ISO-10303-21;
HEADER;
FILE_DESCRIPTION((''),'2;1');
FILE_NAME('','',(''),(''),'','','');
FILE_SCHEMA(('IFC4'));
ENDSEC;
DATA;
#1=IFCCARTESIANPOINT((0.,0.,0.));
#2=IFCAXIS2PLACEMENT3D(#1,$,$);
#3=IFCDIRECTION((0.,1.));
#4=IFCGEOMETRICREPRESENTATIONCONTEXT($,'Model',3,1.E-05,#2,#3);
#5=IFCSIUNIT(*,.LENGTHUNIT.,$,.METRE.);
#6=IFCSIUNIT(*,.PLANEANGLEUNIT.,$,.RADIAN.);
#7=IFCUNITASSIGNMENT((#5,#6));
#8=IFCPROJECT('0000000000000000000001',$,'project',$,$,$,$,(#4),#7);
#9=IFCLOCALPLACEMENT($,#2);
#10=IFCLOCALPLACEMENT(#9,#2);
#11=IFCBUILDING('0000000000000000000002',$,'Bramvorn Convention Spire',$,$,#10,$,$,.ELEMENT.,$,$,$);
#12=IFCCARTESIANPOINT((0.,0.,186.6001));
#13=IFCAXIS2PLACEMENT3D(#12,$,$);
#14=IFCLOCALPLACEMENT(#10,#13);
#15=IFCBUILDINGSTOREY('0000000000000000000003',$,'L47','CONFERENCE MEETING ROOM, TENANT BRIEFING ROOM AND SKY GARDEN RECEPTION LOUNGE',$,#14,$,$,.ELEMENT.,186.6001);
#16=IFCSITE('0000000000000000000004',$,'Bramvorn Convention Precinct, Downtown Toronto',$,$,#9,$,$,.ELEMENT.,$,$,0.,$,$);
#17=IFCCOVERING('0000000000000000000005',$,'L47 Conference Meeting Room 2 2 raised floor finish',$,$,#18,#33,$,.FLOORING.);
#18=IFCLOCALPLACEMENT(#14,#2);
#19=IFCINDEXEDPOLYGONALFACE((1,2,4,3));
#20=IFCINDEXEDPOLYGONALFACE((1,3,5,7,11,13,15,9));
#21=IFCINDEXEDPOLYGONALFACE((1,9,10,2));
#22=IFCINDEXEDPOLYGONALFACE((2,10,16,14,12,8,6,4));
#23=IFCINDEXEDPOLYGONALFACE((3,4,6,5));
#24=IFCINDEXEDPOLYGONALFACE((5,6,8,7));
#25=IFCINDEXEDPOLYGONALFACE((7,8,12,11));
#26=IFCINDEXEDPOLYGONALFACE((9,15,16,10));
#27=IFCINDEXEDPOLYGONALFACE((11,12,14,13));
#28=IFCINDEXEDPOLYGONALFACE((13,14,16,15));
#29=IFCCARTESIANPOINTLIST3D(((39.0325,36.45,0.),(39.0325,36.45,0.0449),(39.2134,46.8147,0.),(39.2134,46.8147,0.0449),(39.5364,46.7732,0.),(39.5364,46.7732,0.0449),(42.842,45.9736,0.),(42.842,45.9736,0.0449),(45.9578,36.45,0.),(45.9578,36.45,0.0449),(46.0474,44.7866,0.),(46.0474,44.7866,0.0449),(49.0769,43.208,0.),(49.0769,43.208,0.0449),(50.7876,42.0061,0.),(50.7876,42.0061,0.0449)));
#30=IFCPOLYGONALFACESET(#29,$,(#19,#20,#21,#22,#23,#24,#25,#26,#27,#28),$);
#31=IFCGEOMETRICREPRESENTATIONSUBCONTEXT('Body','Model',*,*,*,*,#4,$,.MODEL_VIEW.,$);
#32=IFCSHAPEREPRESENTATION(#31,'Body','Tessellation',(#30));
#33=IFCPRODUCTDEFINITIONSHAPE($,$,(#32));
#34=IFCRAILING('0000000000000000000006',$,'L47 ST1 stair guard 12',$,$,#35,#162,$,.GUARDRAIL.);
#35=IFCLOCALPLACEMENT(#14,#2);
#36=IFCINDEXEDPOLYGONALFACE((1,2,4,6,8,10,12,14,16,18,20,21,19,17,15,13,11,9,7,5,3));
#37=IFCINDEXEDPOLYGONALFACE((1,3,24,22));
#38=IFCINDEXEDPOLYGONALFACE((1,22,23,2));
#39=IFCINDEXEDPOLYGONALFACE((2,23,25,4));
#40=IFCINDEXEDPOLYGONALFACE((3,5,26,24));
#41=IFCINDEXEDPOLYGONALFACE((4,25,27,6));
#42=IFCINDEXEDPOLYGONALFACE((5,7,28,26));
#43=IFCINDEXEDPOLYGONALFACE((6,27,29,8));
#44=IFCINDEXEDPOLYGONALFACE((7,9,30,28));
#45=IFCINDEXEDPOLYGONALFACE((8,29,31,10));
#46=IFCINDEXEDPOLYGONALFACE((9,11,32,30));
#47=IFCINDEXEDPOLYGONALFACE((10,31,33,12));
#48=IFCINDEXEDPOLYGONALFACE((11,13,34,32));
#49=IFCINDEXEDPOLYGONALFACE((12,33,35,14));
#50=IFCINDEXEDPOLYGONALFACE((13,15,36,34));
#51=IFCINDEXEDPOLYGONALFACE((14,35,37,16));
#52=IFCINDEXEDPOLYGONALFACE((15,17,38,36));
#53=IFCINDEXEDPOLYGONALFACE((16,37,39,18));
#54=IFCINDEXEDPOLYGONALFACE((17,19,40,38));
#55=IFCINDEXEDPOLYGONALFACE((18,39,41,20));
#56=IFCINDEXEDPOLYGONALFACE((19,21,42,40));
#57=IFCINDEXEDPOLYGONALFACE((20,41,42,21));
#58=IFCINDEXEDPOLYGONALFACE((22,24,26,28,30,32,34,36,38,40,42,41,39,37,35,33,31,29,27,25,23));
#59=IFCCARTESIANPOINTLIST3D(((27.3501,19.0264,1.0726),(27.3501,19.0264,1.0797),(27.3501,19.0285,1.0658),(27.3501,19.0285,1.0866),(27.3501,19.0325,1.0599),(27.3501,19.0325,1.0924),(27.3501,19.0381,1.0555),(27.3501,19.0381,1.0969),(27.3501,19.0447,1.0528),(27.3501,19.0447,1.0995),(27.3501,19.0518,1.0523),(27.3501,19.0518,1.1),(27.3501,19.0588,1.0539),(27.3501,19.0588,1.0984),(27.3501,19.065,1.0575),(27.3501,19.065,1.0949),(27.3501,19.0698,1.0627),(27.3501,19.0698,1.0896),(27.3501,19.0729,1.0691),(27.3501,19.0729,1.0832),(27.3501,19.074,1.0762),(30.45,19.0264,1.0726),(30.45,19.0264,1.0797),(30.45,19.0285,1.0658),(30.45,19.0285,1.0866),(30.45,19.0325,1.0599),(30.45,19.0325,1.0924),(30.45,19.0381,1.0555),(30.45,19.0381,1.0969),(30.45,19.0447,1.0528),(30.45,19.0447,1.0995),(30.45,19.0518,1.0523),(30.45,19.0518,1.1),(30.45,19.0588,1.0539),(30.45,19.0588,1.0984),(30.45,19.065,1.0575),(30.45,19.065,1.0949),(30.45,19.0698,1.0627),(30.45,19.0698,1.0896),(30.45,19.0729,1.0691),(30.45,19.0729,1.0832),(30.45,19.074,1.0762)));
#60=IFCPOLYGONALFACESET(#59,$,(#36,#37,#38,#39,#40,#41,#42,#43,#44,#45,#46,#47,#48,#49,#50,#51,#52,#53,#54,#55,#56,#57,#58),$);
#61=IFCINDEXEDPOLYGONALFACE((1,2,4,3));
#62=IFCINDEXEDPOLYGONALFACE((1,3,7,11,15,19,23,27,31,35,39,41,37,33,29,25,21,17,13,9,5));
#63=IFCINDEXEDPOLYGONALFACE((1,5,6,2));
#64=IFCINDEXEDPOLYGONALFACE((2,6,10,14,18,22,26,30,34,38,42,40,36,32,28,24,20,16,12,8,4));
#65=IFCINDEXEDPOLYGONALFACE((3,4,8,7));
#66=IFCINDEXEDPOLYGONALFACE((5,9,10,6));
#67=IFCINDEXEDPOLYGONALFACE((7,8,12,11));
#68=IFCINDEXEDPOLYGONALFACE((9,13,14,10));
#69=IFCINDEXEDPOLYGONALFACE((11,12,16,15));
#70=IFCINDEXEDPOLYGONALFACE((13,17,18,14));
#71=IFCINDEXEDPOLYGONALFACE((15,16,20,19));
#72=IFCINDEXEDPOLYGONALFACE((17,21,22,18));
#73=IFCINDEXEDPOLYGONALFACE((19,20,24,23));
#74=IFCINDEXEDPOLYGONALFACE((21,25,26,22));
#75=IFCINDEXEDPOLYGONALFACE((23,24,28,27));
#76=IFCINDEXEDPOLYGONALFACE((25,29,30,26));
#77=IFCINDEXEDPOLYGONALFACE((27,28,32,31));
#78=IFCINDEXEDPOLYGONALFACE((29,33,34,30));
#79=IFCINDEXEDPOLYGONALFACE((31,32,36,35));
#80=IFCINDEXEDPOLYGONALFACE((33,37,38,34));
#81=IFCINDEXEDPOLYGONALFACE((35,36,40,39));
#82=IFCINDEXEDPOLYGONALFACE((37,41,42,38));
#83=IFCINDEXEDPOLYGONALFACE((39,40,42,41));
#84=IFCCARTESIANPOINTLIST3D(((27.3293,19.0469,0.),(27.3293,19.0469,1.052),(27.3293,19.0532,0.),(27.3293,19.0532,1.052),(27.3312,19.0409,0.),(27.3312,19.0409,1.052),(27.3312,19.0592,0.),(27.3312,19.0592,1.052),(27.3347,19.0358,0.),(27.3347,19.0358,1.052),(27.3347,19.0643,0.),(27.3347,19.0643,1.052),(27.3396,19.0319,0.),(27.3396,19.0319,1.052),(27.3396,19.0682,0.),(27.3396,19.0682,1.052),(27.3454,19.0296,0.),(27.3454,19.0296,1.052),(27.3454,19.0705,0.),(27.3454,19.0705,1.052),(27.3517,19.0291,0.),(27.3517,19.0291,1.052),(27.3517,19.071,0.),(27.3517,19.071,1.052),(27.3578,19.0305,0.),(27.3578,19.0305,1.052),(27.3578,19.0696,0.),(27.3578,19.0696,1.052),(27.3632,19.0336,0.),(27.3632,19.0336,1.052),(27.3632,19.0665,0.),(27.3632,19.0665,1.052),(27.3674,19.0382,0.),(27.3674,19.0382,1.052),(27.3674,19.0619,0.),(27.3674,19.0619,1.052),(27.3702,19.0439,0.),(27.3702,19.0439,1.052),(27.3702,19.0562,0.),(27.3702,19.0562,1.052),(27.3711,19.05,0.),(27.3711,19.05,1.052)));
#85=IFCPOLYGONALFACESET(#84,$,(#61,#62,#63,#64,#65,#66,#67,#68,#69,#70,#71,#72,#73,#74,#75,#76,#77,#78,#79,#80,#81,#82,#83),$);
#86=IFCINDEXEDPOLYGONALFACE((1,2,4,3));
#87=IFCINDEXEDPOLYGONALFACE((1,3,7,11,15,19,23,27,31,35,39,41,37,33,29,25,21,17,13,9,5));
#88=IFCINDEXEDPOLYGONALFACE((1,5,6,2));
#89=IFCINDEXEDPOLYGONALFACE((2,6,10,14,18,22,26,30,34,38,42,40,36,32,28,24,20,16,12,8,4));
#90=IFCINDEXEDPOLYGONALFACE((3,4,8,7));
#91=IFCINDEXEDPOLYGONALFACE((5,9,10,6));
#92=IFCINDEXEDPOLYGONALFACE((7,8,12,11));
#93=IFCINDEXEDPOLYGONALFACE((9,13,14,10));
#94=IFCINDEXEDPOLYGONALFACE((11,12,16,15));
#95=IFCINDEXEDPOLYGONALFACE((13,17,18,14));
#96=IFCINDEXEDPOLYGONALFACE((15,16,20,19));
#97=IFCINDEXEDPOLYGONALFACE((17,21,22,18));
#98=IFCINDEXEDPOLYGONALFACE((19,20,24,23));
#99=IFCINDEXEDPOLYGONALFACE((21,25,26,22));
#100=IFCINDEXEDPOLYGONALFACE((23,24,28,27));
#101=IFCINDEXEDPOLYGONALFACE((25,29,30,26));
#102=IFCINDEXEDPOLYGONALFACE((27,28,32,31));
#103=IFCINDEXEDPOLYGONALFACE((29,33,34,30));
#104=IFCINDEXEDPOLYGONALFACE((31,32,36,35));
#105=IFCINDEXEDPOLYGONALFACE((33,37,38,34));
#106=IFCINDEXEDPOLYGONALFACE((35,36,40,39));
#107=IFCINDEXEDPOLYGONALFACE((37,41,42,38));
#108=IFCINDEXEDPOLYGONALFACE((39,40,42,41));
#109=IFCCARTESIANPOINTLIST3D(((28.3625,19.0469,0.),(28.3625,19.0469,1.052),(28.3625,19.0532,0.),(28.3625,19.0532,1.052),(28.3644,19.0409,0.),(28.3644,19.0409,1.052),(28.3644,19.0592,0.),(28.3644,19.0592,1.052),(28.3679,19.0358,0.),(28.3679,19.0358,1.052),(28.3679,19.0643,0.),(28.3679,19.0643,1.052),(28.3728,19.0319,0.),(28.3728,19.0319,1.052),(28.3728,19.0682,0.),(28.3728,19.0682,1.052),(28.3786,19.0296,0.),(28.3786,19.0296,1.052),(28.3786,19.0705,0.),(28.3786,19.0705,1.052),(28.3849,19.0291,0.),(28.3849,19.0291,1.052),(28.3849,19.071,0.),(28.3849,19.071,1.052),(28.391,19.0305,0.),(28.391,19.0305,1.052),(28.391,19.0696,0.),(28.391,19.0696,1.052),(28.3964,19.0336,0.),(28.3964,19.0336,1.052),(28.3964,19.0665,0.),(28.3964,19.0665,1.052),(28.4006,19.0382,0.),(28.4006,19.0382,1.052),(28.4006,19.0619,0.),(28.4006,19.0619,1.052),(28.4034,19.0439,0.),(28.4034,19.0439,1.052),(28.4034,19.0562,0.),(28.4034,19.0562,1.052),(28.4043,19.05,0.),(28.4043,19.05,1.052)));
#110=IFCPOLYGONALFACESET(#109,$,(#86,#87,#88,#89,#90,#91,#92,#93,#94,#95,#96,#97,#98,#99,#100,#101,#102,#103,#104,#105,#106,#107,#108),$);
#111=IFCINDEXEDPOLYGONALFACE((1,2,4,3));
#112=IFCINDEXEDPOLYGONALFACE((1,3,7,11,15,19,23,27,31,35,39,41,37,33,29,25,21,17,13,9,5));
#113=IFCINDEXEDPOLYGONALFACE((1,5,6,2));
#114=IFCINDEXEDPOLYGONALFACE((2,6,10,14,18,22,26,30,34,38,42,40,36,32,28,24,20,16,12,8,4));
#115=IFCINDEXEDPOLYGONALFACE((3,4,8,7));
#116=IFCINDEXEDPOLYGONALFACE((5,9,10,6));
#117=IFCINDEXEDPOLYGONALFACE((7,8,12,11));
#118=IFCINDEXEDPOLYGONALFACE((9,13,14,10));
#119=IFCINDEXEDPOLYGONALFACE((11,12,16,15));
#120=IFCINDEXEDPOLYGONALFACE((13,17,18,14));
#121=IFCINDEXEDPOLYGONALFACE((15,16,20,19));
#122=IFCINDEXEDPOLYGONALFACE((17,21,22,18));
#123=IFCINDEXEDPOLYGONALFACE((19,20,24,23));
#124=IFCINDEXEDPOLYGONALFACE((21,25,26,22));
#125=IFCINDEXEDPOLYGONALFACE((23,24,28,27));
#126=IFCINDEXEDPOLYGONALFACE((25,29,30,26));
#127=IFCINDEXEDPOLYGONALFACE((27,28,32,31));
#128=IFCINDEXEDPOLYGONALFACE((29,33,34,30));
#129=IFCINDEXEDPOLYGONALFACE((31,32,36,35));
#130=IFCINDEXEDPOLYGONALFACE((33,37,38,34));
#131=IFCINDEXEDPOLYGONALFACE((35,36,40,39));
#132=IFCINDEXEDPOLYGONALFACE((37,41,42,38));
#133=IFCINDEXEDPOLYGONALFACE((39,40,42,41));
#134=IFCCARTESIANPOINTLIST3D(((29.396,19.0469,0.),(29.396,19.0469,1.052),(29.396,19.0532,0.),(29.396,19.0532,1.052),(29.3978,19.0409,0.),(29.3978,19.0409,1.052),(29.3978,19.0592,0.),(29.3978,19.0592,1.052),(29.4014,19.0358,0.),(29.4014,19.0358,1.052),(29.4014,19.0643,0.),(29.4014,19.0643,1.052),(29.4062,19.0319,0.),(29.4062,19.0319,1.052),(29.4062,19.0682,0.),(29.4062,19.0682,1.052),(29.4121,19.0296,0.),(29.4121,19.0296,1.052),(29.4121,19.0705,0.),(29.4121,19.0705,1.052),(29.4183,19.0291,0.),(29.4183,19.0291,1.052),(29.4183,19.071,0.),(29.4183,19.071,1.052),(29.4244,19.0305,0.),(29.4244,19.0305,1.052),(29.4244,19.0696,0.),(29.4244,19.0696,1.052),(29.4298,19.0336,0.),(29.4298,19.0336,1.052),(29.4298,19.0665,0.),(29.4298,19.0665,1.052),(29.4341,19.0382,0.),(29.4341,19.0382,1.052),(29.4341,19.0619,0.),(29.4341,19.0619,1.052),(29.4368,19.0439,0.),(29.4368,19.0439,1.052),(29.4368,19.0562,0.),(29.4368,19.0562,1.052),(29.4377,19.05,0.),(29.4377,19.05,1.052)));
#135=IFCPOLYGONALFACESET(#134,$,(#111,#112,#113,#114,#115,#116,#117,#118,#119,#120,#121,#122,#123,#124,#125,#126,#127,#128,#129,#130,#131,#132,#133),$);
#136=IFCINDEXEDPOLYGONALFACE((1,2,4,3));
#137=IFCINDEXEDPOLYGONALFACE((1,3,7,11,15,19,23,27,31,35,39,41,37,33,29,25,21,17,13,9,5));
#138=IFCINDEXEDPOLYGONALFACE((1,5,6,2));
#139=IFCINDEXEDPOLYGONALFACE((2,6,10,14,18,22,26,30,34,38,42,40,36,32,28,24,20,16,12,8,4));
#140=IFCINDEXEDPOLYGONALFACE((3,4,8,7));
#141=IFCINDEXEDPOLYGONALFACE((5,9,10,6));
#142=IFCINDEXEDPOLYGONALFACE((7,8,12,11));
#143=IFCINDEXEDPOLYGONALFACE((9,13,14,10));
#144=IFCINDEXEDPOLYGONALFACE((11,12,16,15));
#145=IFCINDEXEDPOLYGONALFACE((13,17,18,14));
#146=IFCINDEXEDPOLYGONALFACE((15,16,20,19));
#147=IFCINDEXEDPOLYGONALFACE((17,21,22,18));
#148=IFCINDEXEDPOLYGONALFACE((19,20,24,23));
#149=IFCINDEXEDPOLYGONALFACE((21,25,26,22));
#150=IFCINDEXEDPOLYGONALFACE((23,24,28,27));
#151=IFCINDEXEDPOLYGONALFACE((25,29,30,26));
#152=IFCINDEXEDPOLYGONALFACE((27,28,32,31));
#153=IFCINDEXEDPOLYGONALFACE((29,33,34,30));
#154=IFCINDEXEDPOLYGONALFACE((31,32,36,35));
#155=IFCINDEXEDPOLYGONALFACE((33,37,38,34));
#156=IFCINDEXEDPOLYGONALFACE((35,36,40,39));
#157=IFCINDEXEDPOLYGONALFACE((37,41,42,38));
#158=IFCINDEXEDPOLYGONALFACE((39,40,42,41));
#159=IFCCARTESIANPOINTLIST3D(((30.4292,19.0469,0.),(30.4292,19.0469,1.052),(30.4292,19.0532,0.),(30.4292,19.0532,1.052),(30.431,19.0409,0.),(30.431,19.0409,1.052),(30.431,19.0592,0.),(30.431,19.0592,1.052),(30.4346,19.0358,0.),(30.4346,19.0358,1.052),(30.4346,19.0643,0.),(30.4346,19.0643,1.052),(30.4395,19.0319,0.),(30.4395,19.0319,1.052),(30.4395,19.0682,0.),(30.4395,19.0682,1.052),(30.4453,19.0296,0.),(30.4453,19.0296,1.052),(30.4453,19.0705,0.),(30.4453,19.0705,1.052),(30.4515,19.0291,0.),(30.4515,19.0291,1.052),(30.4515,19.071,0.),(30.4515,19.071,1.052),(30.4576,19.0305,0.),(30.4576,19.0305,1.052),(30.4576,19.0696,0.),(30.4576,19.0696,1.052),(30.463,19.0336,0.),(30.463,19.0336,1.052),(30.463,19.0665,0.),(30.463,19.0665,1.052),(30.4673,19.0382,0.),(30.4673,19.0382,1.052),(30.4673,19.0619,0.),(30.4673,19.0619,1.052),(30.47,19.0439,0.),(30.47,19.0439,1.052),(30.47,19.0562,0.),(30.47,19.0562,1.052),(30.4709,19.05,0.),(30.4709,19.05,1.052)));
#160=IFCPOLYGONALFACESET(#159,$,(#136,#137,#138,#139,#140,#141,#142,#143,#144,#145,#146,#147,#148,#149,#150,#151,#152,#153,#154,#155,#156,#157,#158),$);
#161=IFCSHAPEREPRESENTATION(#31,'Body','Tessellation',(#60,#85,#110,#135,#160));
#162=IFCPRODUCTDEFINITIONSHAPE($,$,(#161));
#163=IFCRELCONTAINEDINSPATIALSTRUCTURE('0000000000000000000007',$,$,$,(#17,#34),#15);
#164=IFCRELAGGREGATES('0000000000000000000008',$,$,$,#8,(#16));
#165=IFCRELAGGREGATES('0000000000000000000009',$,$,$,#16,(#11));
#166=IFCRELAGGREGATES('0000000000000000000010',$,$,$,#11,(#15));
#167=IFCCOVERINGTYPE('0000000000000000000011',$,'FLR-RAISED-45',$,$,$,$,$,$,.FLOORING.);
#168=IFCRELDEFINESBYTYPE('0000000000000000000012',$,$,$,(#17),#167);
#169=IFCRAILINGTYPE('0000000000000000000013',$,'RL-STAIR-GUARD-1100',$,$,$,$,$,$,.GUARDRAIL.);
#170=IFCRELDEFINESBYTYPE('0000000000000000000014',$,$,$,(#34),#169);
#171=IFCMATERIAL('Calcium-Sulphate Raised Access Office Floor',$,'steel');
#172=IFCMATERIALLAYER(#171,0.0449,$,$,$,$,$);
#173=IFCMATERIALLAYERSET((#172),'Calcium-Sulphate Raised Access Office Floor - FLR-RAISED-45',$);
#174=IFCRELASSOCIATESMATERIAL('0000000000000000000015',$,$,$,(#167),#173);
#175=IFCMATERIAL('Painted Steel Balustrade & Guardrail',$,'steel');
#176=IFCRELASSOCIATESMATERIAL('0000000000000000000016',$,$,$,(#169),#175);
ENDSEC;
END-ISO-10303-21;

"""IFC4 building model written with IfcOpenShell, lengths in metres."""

from ifc_helpers import new_model, si_unit, direction, frame, origin, origin_2d, place, context, subcontext, project, spatial, polyline, circle, outline, extrude, material, layer, layer_set, type_object, element, save


model = new_model("IFC4")

# Units and contexts
model_context = context("Model", 3, precision=1e-05, world=origin(), true_north=direction((0.0, 1.0)))
body_context = subcontext(model_context, "Body", "Model", "MODEL_VIEW")
ifc_project = project(units=[si_unit("LENGTHUNIT", "METRE"), si_unit("PLANEANGLEUNIT", "RADIAN")], contexts=[model_context])

# Site, building, storey
site_placement = place(None, origin())
site = spatial("IfcSite", under=ifc_project, at=site_placement, Name="Bramvorn Convention Precinct, Downtown Toronto", CompositionType="ELEMENT", RefElevation=0.0)
building_placement = place(site_placement, origin())
building = spatial("IfcBuilding", under=site, at=building_placement, Name="Bramvorn Convention Spire", CompositionType="ELEMENT")
storey_placement = place(building_placement, frame((0.0, 0.0, 186.6001)))
storey = spatial("IfcBuildingStorey", under=building, at=storey_placement, Name="L47", Description="CONFERENCE MEETING ROOM, TENANT BRIEFING ROOM AND SKY GARDEN RECEPTION LOUNGE", CompositionType="ELEMENT", Elevation=186.6001)

# Covering
ifc_material_1 = material(Name="Calcium-Sulphate Raised Access Office Floor", Category="steel")
ifc_layer_1 = layer(ifc_material_1, 0.0449)
ifc_layer_set_1 = layer_set([ifc_layer_1], Name="Calcium-Sulphate Raised Access Office Floor - FLR-RAISED-45")
covering_type_1 = type_object("IfcCoveringType", Name="FLR-RAISED-45", PredefinedType="FLOORING", material=ifc_layer_set_1)
covering_1_placement = place(storey_placement, origin())
element("IfcCovering", 1, at=covering_1_placement, inside=storey, type_object=covering_type_1, Name="L47 Conference Meeting Room 2 2 raised floor finish", PredefinedType="FLOORING", context=body_context, shape_type="SweptSolid", body=[
    extrude(outline(polyline([(39.5364, 46.7732), (39.2134, 46.8147), (39.0325, 36.45), (45.9578, 36.45), (50.7876, 42.0061), (49.0769, 43.208), (46.0474, 44.7866), (42.842, 45.9736), (39.5364, 46.7732)])), origin(), (0.0, 0.0, 1.0), 0.0449),
])

# Railing
ifc_material_2 = material(Name="Painted Steel Balustrade & Guardrail", Category="steel")
railing_type = type_object("IfcRailingType", Name="RL-STAIR-GUARD-1100", PredefinedType="GUARDRAIL", material=ifc_material_2)
railing_placement = place(storey_placement, frame((27.3501, 19.05, 0.0)))
element("IfcRailing", 2, at=railing_placement, inside=storey, type_object=railing_type, Name="L47 ST1 stair guard 12", PredefinedType="GUARDRAIL", context=body_context, shape_type="SweptSolid", body=[
    extrude(circle(Radius=0.0239, at=origin_2d()), frame((0.0, 0.0, 1.0762), z_axis=(1.0, 0.0, 0.0), x_axis=(0.0, 1.0, 0.0)), (0.0, 0.0, 1.0), 3.0999),
    extrude(circle(Radius=0.021, at=origin_2d()), origin(), (0.0, 0.0, 1.0), 1.052),
    extrude(circle(Radius=0.021, at=origin_2d()), frame((1.0332, 0.0, 0.0)), (0.0, 0.0, 1.0), 1.052),
    extrude(circle(Radius=0.021, at=origin_2d()), frame((2.0667, 0.0, 0.0)), (0.0, 0.0, 1.0), 1.052),
    extrude(circle(Radius=0.021, at=origin_2d()), frame((3.0999, 0.0, 0.0)), (0.0, 0.0, 1.0), 1.052),
])

save(model, "model.ifc")
